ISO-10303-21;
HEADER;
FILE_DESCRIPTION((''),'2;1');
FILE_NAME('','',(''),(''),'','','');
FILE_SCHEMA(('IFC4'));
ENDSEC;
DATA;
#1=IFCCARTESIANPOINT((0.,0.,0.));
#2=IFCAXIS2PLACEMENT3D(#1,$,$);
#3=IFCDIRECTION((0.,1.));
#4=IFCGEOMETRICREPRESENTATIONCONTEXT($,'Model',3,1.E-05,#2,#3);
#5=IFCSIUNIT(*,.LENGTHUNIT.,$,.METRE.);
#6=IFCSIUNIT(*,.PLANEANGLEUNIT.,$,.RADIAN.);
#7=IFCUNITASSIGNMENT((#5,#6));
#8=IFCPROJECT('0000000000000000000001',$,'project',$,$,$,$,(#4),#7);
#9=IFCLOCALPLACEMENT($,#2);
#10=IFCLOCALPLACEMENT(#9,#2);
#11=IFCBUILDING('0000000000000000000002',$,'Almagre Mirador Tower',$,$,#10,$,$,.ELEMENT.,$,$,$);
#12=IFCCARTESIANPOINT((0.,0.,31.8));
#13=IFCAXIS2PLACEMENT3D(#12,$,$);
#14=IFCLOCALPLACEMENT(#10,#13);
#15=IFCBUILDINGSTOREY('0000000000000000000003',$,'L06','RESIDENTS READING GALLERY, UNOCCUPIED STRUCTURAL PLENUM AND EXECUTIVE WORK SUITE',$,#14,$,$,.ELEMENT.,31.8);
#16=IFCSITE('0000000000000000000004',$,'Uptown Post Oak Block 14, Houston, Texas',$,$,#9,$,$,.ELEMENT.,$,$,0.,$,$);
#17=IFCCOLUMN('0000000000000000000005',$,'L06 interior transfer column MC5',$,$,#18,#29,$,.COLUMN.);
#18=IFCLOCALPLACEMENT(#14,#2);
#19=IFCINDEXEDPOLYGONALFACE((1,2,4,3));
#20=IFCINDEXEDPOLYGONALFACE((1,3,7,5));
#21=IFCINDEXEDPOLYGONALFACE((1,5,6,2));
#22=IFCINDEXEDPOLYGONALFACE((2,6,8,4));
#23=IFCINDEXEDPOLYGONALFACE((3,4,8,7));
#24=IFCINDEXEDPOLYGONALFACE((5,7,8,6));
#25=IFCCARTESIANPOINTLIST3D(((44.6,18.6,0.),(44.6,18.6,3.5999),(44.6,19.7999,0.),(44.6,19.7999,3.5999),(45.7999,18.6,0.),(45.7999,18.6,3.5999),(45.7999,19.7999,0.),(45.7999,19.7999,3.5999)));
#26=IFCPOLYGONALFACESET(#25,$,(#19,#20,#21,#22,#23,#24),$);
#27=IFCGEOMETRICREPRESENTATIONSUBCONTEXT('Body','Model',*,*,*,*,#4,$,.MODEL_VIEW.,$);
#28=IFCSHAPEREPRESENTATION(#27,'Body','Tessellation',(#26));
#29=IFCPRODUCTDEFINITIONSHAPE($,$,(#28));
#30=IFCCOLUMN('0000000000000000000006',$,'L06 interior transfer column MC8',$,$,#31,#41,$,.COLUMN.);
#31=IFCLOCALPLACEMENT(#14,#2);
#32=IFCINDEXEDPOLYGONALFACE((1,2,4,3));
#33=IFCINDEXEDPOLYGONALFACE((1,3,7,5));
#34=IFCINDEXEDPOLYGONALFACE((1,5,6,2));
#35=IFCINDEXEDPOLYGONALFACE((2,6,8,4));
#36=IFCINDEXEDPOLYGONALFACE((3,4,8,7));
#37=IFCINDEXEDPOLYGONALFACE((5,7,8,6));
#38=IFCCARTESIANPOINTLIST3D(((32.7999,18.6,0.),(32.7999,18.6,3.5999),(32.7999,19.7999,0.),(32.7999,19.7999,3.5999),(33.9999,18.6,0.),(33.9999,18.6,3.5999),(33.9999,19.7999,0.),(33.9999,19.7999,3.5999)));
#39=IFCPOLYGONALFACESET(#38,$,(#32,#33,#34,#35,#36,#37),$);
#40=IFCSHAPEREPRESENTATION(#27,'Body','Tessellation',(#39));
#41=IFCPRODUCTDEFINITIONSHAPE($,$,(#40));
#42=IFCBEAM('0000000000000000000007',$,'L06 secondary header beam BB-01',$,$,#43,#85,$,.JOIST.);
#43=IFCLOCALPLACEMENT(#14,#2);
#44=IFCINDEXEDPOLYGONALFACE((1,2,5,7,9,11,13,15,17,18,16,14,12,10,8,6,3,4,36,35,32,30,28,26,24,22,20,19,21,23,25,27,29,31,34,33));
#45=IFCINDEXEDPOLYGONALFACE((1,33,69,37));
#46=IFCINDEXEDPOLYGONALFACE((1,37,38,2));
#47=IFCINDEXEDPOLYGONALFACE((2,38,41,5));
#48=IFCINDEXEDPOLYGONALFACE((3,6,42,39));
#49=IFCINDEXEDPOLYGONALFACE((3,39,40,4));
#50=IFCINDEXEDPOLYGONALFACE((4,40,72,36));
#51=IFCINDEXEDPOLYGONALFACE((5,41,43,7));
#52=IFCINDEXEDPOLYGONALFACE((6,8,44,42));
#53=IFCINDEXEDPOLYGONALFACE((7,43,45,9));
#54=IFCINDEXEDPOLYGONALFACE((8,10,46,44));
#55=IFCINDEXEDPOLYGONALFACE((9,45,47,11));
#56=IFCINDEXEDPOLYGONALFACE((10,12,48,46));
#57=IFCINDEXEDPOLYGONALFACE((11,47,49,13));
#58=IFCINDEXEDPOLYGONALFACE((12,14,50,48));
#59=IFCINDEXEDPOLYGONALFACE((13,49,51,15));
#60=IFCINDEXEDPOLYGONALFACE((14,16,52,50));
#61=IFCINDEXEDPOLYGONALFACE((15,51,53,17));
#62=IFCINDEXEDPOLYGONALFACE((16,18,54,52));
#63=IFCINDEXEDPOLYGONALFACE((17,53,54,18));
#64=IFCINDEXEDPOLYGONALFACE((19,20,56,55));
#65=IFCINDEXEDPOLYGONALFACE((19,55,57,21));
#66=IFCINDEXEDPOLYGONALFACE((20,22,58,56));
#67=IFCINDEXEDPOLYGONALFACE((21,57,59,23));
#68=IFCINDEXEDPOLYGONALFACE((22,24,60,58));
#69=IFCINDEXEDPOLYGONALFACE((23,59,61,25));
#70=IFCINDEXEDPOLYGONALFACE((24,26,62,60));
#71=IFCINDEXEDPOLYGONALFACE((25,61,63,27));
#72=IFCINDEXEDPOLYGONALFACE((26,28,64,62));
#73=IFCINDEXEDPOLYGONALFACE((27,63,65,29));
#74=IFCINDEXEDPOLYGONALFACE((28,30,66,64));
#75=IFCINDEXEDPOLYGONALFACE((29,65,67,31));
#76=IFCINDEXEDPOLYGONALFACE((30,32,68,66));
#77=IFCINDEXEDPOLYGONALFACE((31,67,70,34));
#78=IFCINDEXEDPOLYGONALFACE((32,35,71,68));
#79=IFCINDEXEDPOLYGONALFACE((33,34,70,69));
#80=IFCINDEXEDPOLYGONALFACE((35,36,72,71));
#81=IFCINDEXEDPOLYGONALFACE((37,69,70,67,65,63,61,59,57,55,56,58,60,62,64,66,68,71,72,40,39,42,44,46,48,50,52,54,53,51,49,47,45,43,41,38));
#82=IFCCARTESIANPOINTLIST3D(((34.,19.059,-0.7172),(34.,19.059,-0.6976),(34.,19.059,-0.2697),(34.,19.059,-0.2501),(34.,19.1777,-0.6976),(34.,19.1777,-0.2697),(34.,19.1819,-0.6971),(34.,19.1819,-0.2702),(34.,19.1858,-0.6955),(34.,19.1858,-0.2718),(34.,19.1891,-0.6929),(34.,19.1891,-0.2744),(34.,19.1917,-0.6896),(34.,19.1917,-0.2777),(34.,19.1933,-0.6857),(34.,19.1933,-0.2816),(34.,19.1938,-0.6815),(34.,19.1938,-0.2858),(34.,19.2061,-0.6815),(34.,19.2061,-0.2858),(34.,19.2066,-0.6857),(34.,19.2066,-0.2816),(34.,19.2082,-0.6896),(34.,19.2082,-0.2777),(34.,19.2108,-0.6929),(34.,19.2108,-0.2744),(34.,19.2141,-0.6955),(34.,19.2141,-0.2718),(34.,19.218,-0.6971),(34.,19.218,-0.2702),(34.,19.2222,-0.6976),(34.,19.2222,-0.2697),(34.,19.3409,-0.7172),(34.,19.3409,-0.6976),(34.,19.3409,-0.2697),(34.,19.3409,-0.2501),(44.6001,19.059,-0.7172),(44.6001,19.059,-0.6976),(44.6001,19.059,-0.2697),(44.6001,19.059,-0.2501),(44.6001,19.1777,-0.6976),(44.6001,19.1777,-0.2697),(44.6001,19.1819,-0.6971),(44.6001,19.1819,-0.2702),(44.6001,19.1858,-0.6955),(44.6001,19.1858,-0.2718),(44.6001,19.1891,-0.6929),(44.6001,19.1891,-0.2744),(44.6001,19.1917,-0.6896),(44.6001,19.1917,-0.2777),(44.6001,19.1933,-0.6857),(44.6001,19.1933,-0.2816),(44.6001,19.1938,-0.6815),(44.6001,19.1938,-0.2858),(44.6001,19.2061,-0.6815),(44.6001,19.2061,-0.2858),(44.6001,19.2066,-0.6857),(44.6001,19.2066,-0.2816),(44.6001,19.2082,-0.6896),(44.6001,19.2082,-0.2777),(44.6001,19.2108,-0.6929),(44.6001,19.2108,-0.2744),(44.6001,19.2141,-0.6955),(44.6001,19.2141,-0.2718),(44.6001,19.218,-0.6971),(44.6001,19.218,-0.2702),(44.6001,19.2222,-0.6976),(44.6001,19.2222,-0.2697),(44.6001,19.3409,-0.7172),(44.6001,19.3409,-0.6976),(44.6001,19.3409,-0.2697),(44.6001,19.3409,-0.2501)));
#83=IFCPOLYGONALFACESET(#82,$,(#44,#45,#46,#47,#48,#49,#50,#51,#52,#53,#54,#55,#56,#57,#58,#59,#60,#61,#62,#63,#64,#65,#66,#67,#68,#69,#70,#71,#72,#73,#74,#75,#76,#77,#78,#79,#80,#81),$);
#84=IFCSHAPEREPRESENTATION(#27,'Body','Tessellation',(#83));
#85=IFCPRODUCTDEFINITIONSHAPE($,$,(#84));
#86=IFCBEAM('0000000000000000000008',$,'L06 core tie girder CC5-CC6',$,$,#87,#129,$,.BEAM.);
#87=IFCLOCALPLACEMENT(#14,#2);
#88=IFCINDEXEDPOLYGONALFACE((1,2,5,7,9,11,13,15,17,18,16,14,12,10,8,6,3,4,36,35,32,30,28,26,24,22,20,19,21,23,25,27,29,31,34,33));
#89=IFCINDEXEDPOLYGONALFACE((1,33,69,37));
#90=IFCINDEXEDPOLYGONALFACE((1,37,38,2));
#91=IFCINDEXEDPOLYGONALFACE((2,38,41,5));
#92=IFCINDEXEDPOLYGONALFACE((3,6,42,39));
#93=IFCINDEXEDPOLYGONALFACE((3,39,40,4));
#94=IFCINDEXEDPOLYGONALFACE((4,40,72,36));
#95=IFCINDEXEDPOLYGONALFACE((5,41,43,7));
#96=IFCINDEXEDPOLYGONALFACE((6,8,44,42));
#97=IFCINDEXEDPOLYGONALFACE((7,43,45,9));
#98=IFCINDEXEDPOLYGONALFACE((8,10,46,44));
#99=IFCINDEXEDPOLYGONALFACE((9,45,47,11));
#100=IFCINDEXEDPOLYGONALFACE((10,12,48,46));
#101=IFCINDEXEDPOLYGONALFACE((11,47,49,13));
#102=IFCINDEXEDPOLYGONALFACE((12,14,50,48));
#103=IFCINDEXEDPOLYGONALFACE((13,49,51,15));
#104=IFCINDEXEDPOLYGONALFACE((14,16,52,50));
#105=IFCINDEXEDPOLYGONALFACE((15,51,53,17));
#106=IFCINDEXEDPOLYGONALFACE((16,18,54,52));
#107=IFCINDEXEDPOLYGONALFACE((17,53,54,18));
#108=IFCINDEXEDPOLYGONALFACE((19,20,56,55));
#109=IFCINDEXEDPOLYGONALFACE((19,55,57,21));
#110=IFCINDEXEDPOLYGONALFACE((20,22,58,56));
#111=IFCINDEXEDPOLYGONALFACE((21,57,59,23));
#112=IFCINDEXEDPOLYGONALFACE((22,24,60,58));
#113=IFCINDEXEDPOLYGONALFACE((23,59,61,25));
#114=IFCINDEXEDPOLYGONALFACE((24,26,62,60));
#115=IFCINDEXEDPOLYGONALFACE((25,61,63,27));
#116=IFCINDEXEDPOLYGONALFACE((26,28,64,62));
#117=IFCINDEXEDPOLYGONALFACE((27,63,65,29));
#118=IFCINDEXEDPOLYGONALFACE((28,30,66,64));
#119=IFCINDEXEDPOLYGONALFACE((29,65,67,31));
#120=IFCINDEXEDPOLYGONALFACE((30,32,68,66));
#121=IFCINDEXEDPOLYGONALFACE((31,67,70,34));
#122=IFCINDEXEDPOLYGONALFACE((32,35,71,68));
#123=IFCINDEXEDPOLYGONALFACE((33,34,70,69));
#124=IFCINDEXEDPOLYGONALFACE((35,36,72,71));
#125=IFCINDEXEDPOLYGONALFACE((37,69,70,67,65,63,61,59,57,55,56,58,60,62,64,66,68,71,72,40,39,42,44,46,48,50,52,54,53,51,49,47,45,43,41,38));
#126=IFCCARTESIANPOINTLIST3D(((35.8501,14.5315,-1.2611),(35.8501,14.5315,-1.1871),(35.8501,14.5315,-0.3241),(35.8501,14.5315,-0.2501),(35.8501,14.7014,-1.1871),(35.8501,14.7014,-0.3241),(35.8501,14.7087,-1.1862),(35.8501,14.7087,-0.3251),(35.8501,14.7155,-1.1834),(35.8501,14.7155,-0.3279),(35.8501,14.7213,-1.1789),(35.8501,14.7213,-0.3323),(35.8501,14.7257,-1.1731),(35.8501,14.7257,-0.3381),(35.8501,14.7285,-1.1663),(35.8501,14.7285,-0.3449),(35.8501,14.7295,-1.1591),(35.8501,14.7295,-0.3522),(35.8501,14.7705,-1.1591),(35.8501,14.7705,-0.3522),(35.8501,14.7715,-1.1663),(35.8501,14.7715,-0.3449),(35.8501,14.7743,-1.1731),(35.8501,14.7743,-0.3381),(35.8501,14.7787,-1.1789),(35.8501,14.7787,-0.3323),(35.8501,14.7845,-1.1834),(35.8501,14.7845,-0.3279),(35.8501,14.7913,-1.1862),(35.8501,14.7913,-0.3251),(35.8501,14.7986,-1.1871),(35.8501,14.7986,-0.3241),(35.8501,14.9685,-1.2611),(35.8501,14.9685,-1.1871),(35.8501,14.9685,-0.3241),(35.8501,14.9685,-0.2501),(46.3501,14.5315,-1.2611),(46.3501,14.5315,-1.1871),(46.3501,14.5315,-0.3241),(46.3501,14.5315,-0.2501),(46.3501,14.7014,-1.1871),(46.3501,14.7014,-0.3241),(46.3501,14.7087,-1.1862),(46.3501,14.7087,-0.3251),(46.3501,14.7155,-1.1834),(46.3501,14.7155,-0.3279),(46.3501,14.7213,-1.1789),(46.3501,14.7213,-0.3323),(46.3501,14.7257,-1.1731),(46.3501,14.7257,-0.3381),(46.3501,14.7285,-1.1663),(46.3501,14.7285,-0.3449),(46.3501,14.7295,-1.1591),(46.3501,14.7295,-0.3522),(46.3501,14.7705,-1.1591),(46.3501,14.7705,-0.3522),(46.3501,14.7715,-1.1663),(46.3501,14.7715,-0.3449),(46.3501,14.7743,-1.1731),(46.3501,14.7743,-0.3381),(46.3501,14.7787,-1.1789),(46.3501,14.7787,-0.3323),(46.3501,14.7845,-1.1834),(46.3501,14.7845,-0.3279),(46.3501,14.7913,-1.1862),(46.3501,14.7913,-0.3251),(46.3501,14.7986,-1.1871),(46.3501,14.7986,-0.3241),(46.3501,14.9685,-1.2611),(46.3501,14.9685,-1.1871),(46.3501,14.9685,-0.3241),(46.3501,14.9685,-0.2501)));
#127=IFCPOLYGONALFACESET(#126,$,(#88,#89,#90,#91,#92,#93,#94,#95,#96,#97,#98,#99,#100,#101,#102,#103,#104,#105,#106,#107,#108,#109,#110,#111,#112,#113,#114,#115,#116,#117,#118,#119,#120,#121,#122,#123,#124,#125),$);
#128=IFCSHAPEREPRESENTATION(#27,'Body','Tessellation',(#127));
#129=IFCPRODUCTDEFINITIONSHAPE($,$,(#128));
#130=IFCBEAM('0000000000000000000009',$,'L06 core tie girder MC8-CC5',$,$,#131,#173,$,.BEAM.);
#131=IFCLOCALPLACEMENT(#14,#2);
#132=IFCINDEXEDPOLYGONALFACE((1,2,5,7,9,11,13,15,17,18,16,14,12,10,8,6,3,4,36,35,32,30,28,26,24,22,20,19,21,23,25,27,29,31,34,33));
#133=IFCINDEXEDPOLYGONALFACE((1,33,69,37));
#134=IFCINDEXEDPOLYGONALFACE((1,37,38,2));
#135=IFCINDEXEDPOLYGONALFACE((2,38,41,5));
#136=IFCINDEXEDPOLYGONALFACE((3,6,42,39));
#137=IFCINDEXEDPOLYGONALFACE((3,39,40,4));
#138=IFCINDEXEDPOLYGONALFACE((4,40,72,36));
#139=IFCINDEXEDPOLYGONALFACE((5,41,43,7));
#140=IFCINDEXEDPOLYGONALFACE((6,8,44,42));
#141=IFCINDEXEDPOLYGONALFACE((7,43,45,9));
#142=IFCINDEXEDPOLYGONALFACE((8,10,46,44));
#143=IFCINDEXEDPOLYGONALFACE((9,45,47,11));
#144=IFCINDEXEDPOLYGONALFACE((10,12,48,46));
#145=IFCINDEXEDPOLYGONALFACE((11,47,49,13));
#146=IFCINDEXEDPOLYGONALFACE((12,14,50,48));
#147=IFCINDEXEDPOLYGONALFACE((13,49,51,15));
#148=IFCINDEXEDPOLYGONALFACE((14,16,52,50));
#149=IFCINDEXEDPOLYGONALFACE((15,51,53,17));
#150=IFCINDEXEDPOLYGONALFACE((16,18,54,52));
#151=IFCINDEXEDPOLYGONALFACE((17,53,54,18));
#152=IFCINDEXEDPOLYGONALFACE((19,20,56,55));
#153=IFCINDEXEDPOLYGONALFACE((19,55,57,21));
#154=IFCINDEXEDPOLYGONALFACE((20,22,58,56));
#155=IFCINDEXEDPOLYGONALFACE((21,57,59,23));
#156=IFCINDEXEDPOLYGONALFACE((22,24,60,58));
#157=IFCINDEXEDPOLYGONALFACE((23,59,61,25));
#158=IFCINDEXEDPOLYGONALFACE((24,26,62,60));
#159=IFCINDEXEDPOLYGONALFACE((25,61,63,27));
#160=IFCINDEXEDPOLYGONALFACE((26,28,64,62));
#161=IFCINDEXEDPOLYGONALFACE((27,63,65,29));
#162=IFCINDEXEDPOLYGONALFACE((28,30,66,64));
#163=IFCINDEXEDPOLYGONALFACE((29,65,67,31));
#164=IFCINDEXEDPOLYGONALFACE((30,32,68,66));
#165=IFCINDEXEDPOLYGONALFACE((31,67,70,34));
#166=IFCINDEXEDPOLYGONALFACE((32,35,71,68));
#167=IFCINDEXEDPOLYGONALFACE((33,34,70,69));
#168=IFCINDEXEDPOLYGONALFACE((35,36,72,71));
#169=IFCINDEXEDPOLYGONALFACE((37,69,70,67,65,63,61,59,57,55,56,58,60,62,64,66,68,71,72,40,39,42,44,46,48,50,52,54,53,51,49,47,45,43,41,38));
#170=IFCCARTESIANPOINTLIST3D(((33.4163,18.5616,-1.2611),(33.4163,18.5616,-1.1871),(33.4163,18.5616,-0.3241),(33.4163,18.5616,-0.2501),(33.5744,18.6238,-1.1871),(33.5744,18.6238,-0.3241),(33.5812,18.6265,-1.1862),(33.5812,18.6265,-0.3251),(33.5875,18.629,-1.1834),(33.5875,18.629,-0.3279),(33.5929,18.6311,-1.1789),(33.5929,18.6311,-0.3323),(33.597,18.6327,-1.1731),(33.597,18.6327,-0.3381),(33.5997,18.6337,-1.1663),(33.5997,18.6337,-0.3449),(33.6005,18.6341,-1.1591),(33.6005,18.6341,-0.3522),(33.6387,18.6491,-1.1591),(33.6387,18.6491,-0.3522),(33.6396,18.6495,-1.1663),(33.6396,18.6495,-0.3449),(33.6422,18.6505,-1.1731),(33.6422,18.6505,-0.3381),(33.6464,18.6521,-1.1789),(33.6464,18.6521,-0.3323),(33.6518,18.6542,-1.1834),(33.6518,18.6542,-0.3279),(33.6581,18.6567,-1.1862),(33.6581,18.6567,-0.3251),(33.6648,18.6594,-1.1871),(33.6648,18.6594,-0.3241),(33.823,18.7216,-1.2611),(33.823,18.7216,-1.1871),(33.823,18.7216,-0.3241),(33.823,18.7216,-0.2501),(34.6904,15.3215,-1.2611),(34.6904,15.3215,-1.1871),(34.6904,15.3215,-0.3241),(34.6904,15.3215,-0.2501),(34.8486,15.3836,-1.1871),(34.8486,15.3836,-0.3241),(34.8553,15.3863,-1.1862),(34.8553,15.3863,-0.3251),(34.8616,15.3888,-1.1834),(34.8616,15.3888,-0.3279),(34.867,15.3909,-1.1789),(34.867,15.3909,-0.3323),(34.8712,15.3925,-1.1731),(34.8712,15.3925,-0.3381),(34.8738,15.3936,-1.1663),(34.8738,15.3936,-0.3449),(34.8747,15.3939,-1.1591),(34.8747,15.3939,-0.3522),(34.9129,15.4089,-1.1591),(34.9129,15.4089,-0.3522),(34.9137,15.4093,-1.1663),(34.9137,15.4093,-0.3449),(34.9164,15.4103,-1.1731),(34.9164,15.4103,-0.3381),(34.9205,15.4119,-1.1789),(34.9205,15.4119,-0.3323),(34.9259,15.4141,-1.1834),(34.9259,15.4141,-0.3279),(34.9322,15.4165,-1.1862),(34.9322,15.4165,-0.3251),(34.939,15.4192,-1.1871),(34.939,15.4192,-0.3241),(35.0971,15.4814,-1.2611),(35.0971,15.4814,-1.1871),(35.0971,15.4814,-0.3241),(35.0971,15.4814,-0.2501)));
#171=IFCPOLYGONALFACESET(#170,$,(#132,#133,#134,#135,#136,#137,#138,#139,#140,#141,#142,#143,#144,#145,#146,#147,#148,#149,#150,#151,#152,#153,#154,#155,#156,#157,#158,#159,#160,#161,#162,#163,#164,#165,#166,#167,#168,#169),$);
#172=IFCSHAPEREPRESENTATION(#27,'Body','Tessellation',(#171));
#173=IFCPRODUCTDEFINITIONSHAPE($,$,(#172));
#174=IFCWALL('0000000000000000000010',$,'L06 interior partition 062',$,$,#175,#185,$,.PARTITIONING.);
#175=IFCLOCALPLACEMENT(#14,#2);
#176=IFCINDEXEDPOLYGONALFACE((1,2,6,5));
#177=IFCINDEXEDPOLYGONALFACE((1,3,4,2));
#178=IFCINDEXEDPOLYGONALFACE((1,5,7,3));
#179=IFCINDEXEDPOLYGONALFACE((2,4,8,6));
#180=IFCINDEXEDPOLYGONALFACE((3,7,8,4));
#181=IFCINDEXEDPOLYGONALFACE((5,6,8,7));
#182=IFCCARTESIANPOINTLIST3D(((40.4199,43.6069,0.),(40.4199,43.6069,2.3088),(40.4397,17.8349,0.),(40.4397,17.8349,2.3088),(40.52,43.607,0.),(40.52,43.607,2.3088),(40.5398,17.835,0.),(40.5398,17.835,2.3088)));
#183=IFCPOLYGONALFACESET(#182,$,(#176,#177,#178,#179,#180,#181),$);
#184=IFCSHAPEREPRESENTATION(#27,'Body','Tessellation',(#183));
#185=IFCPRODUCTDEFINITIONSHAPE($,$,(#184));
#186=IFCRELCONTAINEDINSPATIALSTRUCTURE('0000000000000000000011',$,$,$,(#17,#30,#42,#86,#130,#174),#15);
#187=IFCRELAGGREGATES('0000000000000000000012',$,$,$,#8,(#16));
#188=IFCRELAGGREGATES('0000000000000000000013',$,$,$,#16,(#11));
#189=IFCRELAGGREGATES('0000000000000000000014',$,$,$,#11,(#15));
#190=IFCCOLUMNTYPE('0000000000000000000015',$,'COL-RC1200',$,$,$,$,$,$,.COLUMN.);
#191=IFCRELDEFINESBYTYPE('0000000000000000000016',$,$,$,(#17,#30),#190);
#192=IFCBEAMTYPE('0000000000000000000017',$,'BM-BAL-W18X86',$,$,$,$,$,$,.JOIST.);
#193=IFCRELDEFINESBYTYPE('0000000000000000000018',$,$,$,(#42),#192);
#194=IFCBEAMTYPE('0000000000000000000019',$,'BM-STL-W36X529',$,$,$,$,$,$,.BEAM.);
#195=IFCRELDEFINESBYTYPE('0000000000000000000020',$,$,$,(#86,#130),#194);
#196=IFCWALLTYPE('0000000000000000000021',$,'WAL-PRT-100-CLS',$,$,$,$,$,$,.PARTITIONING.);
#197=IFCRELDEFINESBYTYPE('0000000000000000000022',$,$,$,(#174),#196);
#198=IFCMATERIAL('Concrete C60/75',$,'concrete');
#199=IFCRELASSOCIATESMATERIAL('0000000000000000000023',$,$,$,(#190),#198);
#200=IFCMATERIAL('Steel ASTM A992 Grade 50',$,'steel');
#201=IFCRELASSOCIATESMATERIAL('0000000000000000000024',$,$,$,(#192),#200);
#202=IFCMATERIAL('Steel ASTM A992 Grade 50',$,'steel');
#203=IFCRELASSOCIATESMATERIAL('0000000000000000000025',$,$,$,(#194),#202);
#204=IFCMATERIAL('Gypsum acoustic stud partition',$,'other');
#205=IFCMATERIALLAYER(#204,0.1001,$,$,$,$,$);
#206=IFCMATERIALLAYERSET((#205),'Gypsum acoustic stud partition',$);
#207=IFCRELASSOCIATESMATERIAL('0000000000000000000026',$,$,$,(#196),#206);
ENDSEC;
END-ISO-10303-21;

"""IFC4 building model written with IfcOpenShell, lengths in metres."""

from ifc_helpers import new_model, si_unit, direction, frame, frame_2d, origin, origin_2d, place, context, subcontext, project, spatial, rectangle, i_section, extrude, material, layer, layer_set, material_profile, profile_set, type_object, element, save


model = new_model("IFC4")

# Units and contexts
model_context = context("Model", 3, precision=1e-05, world=origin(), true_north=direction((0.0, 1.0)))
body_context = subcontext(model_context, "Body", "Model", "MODEL_VIEW")
ifc_project = project(units=[si_unit("LENGTHUNIT", "METRE"), si_unit("PLANEANGLEUNIT", "RADIAN")], contexts=[model_context])

# Site, building, storey
site_placement = place(None, origin())
site = spatial("IfcSite", under=ifc_project, at=site_placement, Name="Uptown Post Oak Block 14, Houston, Texas", CompositionType="ELEMENT", RefElevation=0.0)
building_placement = place(site_placement, origin())
building = spatial("IfcBuilding", under=site, at=building_placement, Name="Almagre Mirador Tower", CompositionType="ELEMENT")
storey_placement = place(building_placement, frame((0.0, 0.0, 31.8)))
storey = spatial("IfcBuildingStorey", under=building, at=storey_placement, Name="L06", Description="RESIDENTS READING GALLERY, UNOCCUPIED STRUCTURAL PLENUM AND EXECUTIVE WORK SUITE", CompositionType="ELEMENT", Elevation=31.8)

# Columns
ifc_material_1 = material(Name="Concrete C60/75", Category="concrete")
ifc_material_profile_1 = material_profile(ifc_material_1, rectangle(XDim=1.2, YDim=1.2, at=origin_2d()), Name="RC1200X1200")
ifc_profile_set_1 = profile_set([ifc_material_profile_1], Name="Concrete C60/75")
column_type = type_object("IfcColumnType", Name="COL-RC1200", PredefinedType="COLUMN", material=ifc_profile_set_1)
for number, where, z_axis, x_axis, name in (
    (1, (45.2, 19.2, 0.0), (0.0, 0.0, 1.0), (1.0, 0.0, 0.0), "L06 interior transfer column MC5"),
    (2, (33.3999, 19.2, 0.0), (0.0, 0.0, 1.0), (1.0, 0.0, 0.0), "L06 interior transfer column MC8"),
):
    element("IfcColumn", number, at=place(storey_placement, frame(where, z_axis=z_axis, x_axis=x_axis)), inside=storey, type_object=column_type, Name=name, PredefinedType="COLUMN", context=body_context, shape_type="SweptSolid", body=[
        extrude(rectangle(XDim=1.2, YDim=1.2, at=origin_2d()), origin(), (0.0, 0.0, 1.0), 3.5999),
    ])

# Beams
ifc_material_2 = material(Name="Steel ASTM A992 Grade 50", Category="steel")
ifc_material_profile_2 = material_profile(ifc_material_2, i_section(OverallWidth=0.282, OverallDepth=0.467, WebThickness=0.0122, FlangeThickness=0.0195, FilletRadius=0.0161, at=origin_2d()), Name="W18X86")
ifc_profile_set_2 = profile_set([ifc_material_profile_2], Name="Steel ASTM A992 Grade 50")
beam_type_1 = type_object("IfcBeamType", Name="BM-BAL-W18X86", PredefinedType="JOIST", material=ifc_profile_set_2)
beam_1_placement = place(storey_placement, frame((34.0, 19.2, -0.4836), z_axis=(1.0, 0.0, 0.0), x_axis=(0.0, 1.0, 0.0)))
element("IfcBeam", 3, at=beam_1_placement, inside=storey, type_object=beam_type_1, Name="L06 secondary header beam BB-01", PredefinedType="JOIST", context=body_context, shape_type="SweptSolid", body=[
    extrude(i_section(OverallWidth=0.282, OverallDepth=0.467, WebThickness=0.0122, FlangeThickness=0.0195, FilletRadius=0.0161, at=origin_2d()), origin(), (0.0, 0.0, 1.0), 10.6001),
])
ifc_material_3 = material(Name="Steel ASTM A992 Grade 50", Category="steel")
ifc_material_profile_3 = material_profile(ifc_material_3, i_section(OverallWidth=0.437, OverallDepth=1.011, WebThickness=0.041, FlangeThickness=0.074, FilletRadius=0.0281, at=origin_2d()), Name="W36X529")
ifc_profile_set_3 = profile_set([ifc_material_profile_3], Name="Steel ASTM A992 Grade 50")
beam_type_2 = type_object("IfcBeamType", Name="BM-STL-W36X529", PredefinedType="BEAM", material=ifc_profile_set_3)
beam_2_placement = place(storey_placement, frame((35.8501, 14.75, -0.7556), z_axis=(1.0, 0.0, 0.0), x_axis=(0.0, 1.0, 0.0)))
element("IfcBeam", 4, at=beam_2_placement, inside=storey, type_object=beam_type_2, Name="L06 core tie girder CC5-CC6", PredefinedType="BEAM", context=body_context, shape_type="SweptSolid", body=[
    extrude(i_section(OverallWidth=0.437, OverallDepth=1.011, WebThickness=0.041, FlangeThickness=0.074, FilletRadius=0.0281, at=origin_2d()), origin(), (0.0, 0.0, 1.0), 10.5),
])
beam_3_placement = place(storey_placement, frame((33.6196, 18.6416, -0.7556), z_axis=(0.365956, -0.930632, 0.0), x_axis=(0.930632, 0.365956, 0.0)))
element("IfcBeam", 5, at=beam_3_placement, inside=storey, type_object=beam_type_2, Name="L06 core tie girder MC8-CC5", PredefinedType="BEAM", context=body_context, shape_type="SweptSolid", body=[
    extrude(i_section(OverallWidth=0.437, OverallDepth=1.011, WebThickness=0.041, FlangeThickness=0.074, FilletRadius=0.0281, at=origin_2d()), origin(), (0.0, 0.0, 1.0), 3.4817),
])

# Wall
ifc_material_4 = material(Name="Gypsum acoustic stud partition", Category="other")
ifc_layer_1 = layer(ifc_material_4, 0.1001)
ifc_layer_set_1 = layer_set([ifc_layer_1], Name="Gypsum acoustic stud partition")
wall_type_1 = type_object("IfcWallType", Name="WAL-PRT-100-CLS", PredefinedType="PARTITIONING", material=ifc_layer_set_1)
wall_1_placement = place(storey_placement, frame((40.4897, 17.835, 0.0), z_axis=(0.0, 0.0, 1.0), x_axis=(-0.000767, 1.0, 0.0)))
element("IfcWall", 6, at=wall_1_placement, inside=storey, type_object=wall_type_1, Name="L06 interior partition 062", PredefinedType="PARTITIONING", context=body_context, shape_type="SweptSolid", body=[
    extrude(rectangle(XDim=25.772, YDim=0.1001, at=frame_2d((12.886, 0.0))), origin(), (0.0, 0.0, 1.0), 2.3088),
])

save(model, "model.ifc")
